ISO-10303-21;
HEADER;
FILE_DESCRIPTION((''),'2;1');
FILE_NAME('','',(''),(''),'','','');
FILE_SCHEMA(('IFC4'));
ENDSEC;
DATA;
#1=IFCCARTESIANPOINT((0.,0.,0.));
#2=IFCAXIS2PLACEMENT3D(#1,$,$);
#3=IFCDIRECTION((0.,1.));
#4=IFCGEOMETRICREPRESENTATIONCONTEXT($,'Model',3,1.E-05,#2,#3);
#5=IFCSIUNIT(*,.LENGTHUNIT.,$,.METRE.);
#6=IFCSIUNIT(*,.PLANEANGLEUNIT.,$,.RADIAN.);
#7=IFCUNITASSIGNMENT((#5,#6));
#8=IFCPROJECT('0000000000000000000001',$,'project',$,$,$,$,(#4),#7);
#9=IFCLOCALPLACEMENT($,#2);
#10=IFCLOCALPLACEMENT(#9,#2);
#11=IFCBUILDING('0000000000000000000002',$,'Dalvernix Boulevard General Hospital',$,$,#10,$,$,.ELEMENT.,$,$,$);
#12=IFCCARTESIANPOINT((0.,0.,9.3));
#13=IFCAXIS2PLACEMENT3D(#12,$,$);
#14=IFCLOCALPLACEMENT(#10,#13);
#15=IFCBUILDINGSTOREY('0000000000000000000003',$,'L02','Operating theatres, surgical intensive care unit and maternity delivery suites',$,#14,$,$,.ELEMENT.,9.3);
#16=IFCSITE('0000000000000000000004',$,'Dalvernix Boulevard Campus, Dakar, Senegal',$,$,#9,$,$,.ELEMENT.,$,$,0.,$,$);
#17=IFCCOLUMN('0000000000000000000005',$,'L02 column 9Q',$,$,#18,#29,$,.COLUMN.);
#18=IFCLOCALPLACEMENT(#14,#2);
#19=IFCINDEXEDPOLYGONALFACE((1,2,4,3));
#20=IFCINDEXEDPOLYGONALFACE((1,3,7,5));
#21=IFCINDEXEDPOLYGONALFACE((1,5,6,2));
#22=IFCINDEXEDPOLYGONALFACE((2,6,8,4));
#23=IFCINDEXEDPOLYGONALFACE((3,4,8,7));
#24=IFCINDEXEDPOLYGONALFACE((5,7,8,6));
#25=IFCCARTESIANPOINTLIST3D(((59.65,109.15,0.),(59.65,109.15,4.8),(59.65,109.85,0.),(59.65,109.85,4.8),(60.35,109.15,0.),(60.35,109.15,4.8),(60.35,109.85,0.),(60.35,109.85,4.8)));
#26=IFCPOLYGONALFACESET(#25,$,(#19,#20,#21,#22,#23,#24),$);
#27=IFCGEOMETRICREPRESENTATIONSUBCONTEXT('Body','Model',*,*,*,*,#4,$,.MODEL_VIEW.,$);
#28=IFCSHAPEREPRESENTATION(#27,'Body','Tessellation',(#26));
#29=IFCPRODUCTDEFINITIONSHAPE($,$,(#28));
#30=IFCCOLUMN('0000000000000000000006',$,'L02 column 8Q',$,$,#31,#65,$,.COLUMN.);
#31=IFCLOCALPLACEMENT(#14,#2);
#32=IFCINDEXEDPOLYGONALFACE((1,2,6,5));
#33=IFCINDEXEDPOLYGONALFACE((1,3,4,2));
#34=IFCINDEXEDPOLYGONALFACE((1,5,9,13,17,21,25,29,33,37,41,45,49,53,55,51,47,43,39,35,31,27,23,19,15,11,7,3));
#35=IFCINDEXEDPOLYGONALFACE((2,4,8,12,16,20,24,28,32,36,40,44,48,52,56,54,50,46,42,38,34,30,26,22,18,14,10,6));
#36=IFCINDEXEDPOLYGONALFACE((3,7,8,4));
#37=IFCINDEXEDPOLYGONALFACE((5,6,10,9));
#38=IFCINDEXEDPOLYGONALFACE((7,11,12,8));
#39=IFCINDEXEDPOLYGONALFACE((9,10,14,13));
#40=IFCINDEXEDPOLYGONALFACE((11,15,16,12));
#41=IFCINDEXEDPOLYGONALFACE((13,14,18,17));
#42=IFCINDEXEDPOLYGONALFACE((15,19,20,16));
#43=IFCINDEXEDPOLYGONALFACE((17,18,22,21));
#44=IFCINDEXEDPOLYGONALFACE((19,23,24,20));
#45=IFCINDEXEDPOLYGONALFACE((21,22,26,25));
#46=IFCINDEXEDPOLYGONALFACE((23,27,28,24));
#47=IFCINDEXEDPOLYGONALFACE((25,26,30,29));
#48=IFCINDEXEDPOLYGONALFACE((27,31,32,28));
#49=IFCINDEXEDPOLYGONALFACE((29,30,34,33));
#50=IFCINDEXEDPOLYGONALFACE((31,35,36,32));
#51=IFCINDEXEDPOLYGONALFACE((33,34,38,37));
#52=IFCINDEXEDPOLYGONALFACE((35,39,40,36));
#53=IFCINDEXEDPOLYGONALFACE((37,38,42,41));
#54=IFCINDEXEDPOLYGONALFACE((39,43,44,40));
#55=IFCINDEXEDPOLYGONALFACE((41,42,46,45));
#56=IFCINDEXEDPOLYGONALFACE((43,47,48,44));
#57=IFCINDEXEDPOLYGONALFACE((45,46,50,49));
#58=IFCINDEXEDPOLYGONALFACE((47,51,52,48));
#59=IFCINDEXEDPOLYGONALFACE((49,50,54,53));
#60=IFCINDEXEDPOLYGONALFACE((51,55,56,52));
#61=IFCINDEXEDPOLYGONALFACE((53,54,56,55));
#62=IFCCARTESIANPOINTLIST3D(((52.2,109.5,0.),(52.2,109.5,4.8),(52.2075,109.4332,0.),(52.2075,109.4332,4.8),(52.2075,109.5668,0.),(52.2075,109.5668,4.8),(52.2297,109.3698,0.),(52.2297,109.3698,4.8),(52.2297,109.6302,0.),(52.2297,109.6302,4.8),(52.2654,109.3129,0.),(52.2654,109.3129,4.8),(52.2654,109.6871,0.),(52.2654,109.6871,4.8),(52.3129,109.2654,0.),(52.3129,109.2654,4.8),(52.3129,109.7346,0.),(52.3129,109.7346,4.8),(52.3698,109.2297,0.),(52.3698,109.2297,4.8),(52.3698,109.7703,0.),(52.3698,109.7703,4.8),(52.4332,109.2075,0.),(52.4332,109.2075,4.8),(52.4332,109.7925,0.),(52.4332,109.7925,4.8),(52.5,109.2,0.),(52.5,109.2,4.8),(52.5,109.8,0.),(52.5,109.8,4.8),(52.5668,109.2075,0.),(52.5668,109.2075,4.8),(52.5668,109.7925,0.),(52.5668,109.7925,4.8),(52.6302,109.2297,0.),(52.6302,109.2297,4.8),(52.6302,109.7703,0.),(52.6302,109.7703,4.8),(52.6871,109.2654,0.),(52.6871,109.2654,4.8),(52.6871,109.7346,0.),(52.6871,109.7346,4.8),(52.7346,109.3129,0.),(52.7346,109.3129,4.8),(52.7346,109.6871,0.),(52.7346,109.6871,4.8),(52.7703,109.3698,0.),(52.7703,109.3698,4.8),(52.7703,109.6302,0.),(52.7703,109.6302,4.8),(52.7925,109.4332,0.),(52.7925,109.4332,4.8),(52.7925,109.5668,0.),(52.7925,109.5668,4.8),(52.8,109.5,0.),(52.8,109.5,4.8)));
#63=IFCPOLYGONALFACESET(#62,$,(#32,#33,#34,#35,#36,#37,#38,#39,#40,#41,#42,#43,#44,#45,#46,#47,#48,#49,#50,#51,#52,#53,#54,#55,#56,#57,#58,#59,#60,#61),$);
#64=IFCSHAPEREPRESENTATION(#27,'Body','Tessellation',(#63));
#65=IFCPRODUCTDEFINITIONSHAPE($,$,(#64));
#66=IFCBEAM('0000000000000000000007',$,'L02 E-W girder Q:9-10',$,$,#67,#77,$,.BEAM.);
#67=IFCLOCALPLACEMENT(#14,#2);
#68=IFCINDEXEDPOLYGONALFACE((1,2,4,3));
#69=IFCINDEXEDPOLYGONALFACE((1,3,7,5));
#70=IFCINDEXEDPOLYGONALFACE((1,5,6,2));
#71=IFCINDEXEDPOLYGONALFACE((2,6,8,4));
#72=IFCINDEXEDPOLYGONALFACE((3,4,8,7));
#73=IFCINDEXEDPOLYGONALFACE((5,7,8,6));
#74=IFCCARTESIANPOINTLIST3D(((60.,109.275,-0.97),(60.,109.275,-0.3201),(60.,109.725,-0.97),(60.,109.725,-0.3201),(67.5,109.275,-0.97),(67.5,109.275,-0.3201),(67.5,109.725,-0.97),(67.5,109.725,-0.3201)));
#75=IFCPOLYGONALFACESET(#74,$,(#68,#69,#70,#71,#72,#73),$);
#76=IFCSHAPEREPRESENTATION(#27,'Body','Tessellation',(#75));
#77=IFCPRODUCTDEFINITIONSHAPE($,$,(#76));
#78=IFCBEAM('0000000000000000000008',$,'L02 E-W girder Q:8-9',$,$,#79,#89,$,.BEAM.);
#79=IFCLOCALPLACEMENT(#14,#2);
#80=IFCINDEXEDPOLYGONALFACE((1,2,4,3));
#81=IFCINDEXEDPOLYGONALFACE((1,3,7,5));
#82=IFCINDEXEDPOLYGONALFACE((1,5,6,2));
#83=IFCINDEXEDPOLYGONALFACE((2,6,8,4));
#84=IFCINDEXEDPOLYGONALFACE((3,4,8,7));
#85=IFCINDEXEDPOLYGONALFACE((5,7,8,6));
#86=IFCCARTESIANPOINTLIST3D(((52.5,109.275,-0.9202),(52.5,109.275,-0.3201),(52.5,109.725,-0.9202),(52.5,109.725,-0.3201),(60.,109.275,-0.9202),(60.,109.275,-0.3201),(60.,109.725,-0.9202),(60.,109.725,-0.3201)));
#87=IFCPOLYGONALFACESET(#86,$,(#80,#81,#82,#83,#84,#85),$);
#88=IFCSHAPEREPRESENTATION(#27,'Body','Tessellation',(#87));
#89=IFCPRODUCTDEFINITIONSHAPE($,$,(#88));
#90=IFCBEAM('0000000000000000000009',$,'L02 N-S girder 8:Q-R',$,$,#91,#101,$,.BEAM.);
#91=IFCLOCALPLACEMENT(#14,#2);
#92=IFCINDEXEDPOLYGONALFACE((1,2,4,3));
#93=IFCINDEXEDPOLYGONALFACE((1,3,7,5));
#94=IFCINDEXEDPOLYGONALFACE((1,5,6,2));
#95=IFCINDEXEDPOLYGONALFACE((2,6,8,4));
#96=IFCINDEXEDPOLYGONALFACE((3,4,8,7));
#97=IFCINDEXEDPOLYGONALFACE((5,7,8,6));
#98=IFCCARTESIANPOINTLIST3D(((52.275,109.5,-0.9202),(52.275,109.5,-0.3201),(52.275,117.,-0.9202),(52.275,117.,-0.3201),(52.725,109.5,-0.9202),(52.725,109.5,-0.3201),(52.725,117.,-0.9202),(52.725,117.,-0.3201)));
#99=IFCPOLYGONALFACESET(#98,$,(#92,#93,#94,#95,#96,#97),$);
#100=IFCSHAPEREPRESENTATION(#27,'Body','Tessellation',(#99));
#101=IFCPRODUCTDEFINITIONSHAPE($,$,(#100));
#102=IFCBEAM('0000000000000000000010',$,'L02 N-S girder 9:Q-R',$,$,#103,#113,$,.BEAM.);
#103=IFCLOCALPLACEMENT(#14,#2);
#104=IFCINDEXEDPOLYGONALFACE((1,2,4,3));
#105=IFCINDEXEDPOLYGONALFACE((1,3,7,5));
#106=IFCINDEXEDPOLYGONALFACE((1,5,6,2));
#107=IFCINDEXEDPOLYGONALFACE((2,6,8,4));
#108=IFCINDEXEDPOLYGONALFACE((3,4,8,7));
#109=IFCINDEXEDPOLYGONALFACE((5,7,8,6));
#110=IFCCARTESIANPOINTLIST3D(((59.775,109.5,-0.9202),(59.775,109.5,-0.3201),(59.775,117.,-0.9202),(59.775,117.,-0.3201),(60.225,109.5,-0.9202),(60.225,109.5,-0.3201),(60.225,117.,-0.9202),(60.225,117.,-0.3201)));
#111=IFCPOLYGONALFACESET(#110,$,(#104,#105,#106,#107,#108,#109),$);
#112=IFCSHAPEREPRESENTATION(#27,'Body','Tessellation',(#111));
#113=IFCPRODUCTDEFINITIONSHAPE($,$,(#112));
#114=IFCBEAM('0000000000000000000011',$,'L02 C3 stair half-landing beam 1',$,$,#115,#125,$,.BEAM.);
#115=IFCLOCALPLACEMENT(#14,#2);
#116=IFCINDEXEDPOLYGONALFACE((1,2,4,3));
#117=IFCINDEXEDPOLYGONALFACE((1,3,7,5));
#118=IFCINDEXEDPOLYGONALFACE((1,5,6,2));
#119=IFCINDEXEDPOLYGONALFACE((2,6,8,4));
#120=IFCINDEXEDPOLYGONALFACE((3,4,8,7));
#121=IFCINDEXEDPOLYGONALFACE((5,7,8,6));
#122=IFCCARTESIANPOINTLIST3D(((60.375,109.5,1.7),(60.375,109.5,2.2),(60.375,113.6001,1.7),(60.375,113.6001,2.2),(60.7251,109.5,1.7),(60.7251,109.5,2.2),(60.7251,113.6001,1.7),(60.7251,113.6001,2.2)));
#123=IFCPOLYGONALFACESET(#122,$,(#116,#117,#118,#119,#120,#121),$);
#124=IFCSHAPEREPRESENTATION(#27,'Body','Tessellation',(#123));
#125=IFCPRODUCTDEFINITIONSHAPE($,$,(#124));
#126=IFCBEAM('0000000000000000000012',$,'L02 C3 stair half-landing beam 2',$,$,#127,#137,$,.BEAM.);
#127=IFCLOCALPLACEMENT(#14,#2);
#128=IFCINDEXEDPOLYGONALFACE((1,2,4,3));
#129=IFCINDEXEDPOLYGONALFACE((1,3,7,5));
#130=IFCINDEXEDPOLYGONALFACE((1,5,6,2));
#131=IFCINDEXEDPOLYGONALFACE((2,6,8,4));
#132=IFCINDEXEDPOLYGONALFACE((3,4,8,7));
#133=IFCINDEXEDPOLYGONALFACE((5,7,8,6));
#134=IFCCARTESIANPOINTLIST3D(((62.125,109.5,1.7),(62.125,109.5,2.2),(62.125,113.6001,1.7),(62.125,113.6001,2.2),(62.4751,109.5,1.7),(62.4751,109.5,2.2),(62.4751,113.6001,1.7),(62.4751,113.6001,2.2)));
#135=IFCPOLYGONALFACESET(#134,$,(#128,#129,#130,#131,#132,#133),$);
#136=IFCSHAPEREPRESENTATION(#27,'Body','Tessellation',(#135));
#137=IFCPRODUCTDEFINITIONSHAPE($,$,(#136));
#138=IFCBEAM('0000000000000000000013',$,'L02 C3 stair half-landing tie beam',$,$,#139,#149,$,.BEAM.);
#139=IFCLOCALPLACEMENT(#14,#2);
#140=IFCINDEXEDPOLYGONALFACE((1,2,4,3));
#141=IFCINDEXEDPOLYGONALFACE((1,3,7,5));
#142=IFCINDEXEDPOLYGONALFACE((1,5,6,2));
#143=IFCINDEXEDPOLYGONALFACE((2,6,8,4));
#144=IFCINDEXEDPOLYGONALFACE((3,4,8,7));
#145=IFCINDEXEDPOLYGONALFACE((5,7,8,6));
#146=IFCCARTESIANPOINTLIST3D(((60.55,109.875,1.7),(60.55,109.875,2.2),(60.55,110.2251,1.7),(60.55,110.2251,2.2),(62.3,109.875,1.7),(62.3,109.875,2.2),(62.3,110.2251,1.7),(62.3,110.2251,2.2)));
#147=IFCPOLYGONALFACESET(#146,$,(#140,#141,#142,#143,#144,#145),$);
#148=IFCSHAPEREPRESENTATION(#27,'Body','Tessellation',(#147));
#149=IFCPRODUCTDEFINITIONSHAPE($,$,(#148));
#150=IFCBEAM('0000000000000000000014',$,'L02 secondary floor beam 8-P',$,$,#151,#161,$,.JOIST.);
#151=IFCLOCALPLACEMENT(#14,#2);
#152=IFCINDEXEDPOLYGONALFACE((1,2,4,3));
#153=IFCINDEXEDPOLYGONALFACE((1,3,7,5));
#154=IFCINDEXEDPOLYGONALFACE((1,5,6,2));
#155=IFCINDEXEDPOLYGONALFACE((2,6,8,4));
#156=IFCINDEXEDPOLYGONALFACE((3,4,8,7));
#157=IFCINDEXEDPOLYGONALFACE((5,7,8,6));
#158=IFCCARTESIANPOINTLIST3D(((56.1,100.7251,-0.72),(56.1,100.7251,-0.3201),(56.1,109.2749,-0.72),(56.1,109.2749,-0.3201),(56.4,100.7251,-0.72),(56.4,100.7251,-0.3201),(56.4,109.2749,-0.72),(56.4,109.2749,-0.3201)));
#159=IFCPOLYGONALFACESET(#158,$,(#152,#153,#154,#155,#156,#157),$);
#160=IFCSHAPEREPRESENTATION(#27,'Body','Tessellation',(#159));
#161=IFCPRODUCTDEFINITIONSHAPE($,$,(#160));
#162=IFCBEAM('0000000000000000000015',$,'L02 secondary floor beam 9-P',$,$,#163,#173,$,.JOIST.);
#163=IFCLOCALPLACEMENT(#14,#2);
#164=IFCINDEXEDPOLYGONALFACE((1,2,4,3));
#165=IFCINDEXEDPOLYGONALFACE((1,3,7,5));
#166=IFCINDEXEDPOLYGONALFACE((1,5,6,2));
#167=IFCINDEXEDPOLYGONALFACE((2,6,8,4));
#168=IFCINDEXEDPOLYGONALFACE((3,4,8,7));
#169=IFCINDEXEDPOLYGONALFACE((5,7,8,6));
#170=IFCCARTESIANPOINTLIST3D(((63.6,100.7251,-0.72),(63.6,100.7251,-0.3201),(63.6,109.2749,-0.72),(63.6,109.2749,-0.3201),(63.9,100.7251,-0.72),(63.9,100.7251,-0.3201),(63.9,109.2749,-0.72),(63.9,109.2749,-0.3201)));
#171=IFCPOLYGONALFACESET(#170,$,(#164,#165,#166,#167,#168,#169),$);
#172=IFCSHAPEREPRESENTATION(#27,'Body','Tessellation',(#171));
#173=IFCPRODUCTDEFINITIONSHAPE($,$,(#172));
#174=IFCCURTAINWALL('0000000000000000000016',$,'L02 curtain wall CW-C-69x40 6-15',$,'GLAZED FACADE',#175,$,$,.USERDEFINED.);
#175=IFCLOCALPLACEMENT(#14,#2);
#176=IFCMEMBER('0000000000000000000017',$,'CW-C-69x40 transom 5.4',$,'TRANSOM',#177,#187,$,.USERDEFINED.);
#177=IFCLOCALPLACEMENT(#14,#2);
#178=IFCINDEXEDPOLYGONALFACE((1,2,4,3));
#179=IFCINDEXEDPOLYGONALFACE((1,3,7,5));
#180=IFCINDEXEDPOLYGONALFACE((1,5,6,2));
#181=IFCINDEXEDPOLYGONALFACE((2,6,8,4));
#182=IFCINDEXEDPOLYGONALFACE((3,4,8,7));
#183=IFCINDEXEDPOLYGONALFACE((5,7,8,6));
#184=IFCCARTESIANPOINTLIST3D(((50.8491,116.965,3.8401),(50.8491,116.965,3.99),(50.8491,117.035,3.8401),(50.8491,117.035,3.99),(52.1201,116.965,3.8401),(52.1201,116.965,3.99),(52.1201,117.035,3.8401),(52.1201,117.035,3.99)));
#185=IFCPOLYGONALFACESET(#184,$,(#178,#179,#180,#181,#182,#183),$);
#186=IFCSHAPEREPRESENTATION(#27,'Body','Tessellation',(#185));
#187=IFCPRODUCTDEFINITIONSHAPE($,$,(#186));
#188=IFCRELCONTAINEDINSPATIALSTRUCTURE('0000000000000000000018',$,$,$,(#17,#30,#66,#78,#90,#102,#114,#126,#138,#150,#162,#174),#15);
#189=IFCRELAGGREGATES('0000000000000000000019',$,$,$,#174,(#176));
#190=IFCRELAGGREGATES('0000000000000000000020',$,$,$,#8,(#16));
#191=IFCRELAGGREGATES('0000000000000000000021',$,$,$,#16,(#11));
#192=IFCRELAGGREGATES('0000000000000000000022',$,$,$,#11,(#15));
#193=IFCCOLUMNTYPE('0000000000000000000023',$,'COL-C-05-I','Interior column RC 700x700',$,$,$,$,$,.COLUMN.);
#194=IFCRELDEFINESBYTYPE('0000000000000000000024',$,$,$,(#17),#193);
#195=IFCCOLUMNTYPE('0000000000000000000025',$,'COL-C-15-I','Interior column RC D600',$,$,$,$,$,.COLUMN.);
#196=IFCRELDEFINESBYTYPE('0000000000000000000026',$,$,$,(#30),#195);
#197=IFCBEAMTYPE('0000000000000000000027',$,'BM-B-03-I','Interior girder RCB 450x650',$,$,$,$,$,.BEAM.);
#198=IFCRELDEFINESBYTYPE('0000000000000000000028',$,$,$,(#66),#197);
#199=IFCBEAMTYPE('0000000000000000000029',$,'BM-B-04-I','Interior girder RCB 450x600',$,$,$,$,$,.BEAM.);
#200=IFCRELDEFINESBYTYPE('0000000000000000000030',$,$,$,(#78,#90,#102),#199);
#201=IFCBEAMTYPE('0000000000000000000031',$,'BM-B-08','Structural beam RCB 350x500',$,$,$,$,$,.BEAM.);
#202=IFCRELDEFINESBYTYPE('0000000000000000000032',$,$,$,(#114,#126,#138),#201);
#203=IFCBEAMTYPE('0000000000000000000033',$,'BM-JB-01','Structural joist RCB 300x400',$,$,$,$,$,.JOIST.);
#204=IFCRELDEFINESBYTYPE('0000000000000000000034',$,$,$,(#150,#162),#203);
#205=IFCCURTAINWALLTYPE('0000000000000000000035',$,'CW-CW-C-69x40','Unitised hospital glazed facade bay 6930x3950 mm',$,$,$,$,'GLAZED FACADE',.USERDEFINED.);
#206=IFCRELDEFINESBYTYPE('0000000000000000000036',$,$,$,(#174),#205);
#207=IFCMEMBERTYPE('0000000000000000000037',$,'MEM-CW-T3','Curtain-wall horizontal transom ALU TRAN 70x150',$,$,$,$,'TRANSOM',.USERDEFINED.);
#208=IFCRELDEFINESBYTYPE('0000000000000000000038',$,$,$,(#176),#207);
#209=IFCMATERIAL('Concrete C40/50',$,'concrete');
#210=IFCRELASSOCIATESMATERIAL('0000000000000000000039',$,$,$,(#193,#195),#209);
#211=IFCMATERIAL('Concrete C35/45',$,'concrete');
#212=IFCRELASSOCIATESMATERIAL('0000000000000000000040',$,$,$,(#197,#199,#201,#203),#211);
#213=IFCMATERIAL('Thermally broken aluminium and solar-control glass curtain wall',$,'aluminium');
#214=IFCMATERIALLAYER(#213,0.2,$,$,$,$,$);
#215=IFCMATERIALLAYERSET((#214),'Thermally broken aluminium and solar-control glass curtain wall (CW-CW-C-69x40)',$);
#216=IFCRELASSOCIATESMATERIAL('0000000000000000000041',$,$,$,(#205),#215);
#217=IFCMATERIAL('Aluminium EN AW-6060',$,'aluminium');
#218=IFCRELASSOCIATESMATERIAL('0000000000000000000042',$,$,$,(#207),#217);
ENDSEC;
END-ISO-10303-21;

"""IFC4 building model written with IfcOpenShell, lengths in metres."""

from ifc_helpers import new_model, si_unit, direction, frame, origin, origin_2d, place, context, subcontext, project, spatial, rectangle, circle, extrude, material, layer, layer_set, material_profile, profile_set, type_object, element, aggregate, save


model = new_model("IFC4")

# Units and contexts
model_context = context("Model", 3, precision=1e-05, world=origin(), true_north=direction((0.0, 1.0)))
body_context = subcontext(model_context, "Body", "Model", "MODEL_VIEW")
ifc_project = project(units=[si_unit("LENGTHUNIT", "METRE"), si_unit("PLANEANGLEUNIT", "RADIAN")], contexts=[model_context])

# Site, building, storey
site_placement = place(None, origin())
site = spatial("IfcSite", under=ifc_project, at=site_placement, Name="Dalvernix Boulevard Campus, Dakar, Senegal", CompositionType="ELEMENT", RefElevation=0.0)
building_placement = place(site_placement, origin())
building = spatial("IfcBuilding", under=site, at=building_placement, Name="Dalvernix Boulevard General Hospital", CompositionType="ELEMENT")
storey_placement = place(building_placement, frame((0.0, 0.0, 9.3)))
storey = spatial("IfcBuildingStorey", under=building, at=storey_placement, Name="L02", Description="Operating theatres, surgical intensive care unit and maternity delivery suites", CompositionType="ELEMENT", Elevation=9.3)

# Columns
ifc_material_1 = material(Name="Concrete C40/50", Category="concrete")
ifc_material_profile_1 = material_profile(ifc_material_1, rectangle(XDim=0.7, YDim=0.7, at=origin_2d()), Name="RC 700x700")
ifc_profile_set_1 = profile_set([ifc_material_profile_1], Name="Concrete C40/50")
column_type_1 = type_object("IfcColumnType", Name="COL-C-05-I", Description="Interior column RC 700x700", PredefinedType="COLUMN", material=ifc_profile_set_1)
column_1_placement = place(storey_placement, frame((60.0, 109.5, 0.0), z_axis=(0.0, 0.0, 1.0), x_axis=(1.0, 0.0, 0.0)))
element("IfcColumn", 1, at=column_1_placement, inside=storey, type_object=column_type_1, Name="L02 column 9Q", PredefinedType="COLUMN", context=body_context, shape_type="SweptSolid", body=[
    extrude(rectangle(XDim=0.7, YDim=0.7, at=origin_2d()), origin(), (0.0, 0.0, 1.0), 4.8),
])
ifc_material_profile_2 = material_profile(ifc_material_1, circle(Radius=0.3, at=origin_2d()), Name="RC D600")
ifc_profile_set_2 = profile_set([ifc_material_profile_2], Name="Concrete C40/50")
column_type_2 = type_object("IfcColumnType", Name="COL-C-15-I", Description="Interior column RC D600", PredefinedType="COLUMN", material=ifc_profile_set_2)
column_2_placement = place(storey_placement, frame((52.5, 109.5, 0.0), z_axis=(0.0, 0.0, 1.0), x_axis=(1.0, 0.0, 0.0)))
element("IfcColumn", 2, at=column_2_placement, inside=storey, type_object=column_type_2, Name="L02 column 8Q", PredefinedType="COLUMN", context=body_context, shape_type="SweptSolid", body=[
    extrude(circle(Radius=0.3, at=origin_2d()), origin(), (0.0, 0.0, 1.0), 4.8),
])

# Beams
ifc_material_2 = material(Name="Concrete C35/45", Category="concrete")
ifc_material_profile_3 = material_profile(ifc_material_2, rectangle(XDim=0.45, YDim=0.6499, at=origin_2d()), Name="RCB 450x650")
ifc_profile_set_3 = profile_set([ifc_material_profile_3], Name="Concrete C35/45")
beam_type_1 = type_object("IfcBeamType", Name="BM-B-03-I", Description="Interior girder RCB 450x650", PredefinedType="BEAM", material=ifc_profile_set_3)
beam_1_placement = place(storey_placement, frame((60.0, 109.5, -0.645), z_axis=(1.0, 0.0, 0.0), x_axis=(0.0, 1.0, 0.0)))
element("IfcBeam", 3, at=beam_1_placement, inside=storey, type_object=beam_type_1, Name="L02 E-W girder Q:9-10", PredefinedType="BEAM", context=body_context, shape_type="SweptSolid", body=[
    extrude(rectangle(XDim=0.45, YDim=0.6499, at=origin_2d()), origin(), (0.0, 0.0, 1.0), 7.5),
])
ifc_material_profile_4 = material_profile(ifc_material_2, rectangle(XDim=0.45, YDim=0.6001, at=origin_2d()), Name="RCB 450x600")
ifc_profile_set_4 = profile_set([ifc_material_profile_4], Name="Concrete C35/45")
beam_type_2 = type_object("IfcBeamType", Name="BM-B-04-I", Description="Interior girder RCB 450x600", PredefinedType="BEAM", material=ifc_profile_set_4)
for number, where, z_axis, x_axis, name in (
    (4, (52.5, 109.5, -0.6201), (1.0, 0.0, 0.0), (0.0, 1.0, 0.0), "L02 E-W girder Q:8-9"),
    (5, (52.5, 109.5, -0.6201), (0.0, 1.0, 0.0), (-1.0, 0.0, 0.0), "L02 N-S girder 8:Q-R"),
    (6, (60.0, 109.5, -0.6201), (0.0, 1.0, 0.0), (-1.0, 0.0, 0.0), "L02 N-S girder 9:Q-R"),
):
    element("IfcBeam", number, at=place(storey_placement, frame(where, z_axis=z_axis, x_axis=x_axis)), inside=storey, type_object=beam_type_2, Name=name, PredefinedType="BEAM", context=body_context, shape_type="SweptSolid", body=[
        extrude(rectangle(XDim=0.45, YDim=0.6001, at=origin_2d()), origin(), (0.0, 0.0, 1.0), 7.5),
    ])
ifc_material_profile_5 = material_profile(ifc_material_2, rectangle(XDim=0.3501, YDim=0.5, at=origin_2d()), Name="RCB 350x500")
ifc_profile_set_5 = profile_set([ifc_material_profile_5], Name="Concrete C35/45")
beam_type_3 = type_object("IfcBeamType", Name="BM-B-08", Description="Structural beam RCB 350x500", PredefinedType="BEAM", material=ifc_profile_set_5)
for number, where, z_axis, x_axis, name in (
    (7, (60.55, 109.5, 1.95), (0.0, 1.0, 0.0), (-1.0, 0.0, 0.0), "L02 C3 stair half-landing beam 1"),
    (8, (62.3, 109.5, 1.95), (0.0, 1.0, 0.0), (-1.0, 0.0, 0.0), "L02 C3 stair half-landing beam 2"),
):
    element("IfcBeam", number, at=place(storey_placement, frame(where, z_axis=z_axis, x_axis=x_axis)), inside=storey, type_object=beam_type_3, Name=name, PredefinedType="BEAM", context=body_context, shape_type="SweptSolid", body=[
        extrude(rectangle(XDim=0.3501, YDim=0.5, at=origin_2d()), origin(), (0.0, 0.0, 1.0), 4.1001),
    ])
beam_2_placement = place(storey_placement, frame((60.55, 110.05, 1.95), z_axis=(1.0, 0.0, 0.0), x_axis=(0.0, 1.0, 0.0)))
element("IfcBeam", 9, at=beam_2_placement, inside=storey, type_object=beam_type_3, Name="L02 C3 stair half-landing tie beam", PredefinedType="BEAM", context=body_context, shape_type="SweptSolid", body=[
    extrude(rectangle(XDim=0.3501, YDim=0.5, at=origin_2d()), origin(), (0.0, 0.0, 1.0), 1.75),
])
ifc_material_profile_6 = material_profile(ifc_material_2, rectangle(XDim=0.3, YDim=0.3999, at=origin_2d()), Name="RCB 300x400")
ifc_profile_set_6 = profile_set([ifc_material_profile_6], Name="Concrete C35/45")
beam_type_4 = type_object("IfcBeamType", Name="BM-JB-01", Description="Structural joist RCB 300x400", PredefinedType="JOIST", material=ifc_profile_set_6)
for number, where, z_axis, x_axis, name in (
    (10, (56.25, 100.7251, -0.52), (0.0, 1.0, 0.0), (-1.0, 0.0, 0.0), "L02 secondary floor beam 8-P"),
    (11, (63.75, 100.7251, -0.52), (0.0, 1.0, 0.0), (-1.0, 0.0, 0.0), "L02 secondary floor beam 9-P"),
):
    element("IfcBeam", number, at=place(storey_placement, frame(where, z_axis=z_axis, x_axis=x_axis)), inside=storey, type_object=beam_type_4, Name=name, PredefinedType="JOIST", context=body_context, shape_type="SweptSolid", body=[
        extrude(rectangle(XDim=0.3, YDim=0.3999, at=origin_2d()), origin(), (0.0, 0.0, 1.0), 8.5498),
    ])

# Curtain wall, member
ifc_material_3 = material(Name="Thermally broken aluminium and solar-control glass curtain wall", Category="aluminium")
ifc_layer_1 = layer(ifc_material_3, 0.2)
ifc_layer_set_1 = layer_set([ifc_layer_1], Name="Thermally broken aluminium and solar-control glass curtain wall (CW-CW-C-69x40)")
curtain_wall_type = type_object("IfcCurtainWallType", Name="CW-CW-C-69x40", Description="Unitised hospital glazed facade bay 6930x3950 mm", ElementType="GLAZED FACADE", PredefinedType="USERDEFINED", material=ifc_layer_set_1)
curtain_wall_placement = place(storey_placement, origin())
curtain_wall = element("IfcCurtainWall", 12, at=curtain_wall_placement, inside=storey, type_object=curtain_wall_type, Name="L02 curtain wall CW-C-69x40 6-15", ObjectType="GLAZED FACADE", PredefinedType="USERDEFINED")
ifc_material_4 = material(Name="Aluminium EN AW-6060", Category="aluminium")
ifc_material_profile_7 = material_profile(ifc_material_4, rectangle(XDim=0.0701, YDim=0.1499, at=origin_2d()), Name="ALU TRAN 70x150")
ifc_profile_set_7 = profile_set([ifc_material_profile_7], Name="Aluminium EN AW-6060")
member_type = type_object("IfcMemberType", Name="MEM-CW-T3", Description="Curtain-wall horizontal transom ALU TRAN 70x150", ElementType="TRANSOM", PredefinedType="USERDEFINED", material=ifc_profile_set_7)
member_placement = place(storey_placement, frame((50.8491, 117.0, 3.915), z_axis=(1.0, 0.0, 0.0), x_axis=(0.0, 1.0, 0.0)))
member = element("IfcMember", 13, at=member_placement, type_object=member_type, Name="CW-C-69x40 transom 5.4", ObjectType="TRANSOM", PredefinedType="USERDEFINED", context=body_context, shape_type="SweptSolid", body=[
    extrude(rectangle(XDim=0.0701, YDim=0.1499, at=origin_2d()), origin(), (0.0, 0.0, 1.0), 1.271),
])
aggregate(curtain_wall, [member])

save(model, "model.ifc")
